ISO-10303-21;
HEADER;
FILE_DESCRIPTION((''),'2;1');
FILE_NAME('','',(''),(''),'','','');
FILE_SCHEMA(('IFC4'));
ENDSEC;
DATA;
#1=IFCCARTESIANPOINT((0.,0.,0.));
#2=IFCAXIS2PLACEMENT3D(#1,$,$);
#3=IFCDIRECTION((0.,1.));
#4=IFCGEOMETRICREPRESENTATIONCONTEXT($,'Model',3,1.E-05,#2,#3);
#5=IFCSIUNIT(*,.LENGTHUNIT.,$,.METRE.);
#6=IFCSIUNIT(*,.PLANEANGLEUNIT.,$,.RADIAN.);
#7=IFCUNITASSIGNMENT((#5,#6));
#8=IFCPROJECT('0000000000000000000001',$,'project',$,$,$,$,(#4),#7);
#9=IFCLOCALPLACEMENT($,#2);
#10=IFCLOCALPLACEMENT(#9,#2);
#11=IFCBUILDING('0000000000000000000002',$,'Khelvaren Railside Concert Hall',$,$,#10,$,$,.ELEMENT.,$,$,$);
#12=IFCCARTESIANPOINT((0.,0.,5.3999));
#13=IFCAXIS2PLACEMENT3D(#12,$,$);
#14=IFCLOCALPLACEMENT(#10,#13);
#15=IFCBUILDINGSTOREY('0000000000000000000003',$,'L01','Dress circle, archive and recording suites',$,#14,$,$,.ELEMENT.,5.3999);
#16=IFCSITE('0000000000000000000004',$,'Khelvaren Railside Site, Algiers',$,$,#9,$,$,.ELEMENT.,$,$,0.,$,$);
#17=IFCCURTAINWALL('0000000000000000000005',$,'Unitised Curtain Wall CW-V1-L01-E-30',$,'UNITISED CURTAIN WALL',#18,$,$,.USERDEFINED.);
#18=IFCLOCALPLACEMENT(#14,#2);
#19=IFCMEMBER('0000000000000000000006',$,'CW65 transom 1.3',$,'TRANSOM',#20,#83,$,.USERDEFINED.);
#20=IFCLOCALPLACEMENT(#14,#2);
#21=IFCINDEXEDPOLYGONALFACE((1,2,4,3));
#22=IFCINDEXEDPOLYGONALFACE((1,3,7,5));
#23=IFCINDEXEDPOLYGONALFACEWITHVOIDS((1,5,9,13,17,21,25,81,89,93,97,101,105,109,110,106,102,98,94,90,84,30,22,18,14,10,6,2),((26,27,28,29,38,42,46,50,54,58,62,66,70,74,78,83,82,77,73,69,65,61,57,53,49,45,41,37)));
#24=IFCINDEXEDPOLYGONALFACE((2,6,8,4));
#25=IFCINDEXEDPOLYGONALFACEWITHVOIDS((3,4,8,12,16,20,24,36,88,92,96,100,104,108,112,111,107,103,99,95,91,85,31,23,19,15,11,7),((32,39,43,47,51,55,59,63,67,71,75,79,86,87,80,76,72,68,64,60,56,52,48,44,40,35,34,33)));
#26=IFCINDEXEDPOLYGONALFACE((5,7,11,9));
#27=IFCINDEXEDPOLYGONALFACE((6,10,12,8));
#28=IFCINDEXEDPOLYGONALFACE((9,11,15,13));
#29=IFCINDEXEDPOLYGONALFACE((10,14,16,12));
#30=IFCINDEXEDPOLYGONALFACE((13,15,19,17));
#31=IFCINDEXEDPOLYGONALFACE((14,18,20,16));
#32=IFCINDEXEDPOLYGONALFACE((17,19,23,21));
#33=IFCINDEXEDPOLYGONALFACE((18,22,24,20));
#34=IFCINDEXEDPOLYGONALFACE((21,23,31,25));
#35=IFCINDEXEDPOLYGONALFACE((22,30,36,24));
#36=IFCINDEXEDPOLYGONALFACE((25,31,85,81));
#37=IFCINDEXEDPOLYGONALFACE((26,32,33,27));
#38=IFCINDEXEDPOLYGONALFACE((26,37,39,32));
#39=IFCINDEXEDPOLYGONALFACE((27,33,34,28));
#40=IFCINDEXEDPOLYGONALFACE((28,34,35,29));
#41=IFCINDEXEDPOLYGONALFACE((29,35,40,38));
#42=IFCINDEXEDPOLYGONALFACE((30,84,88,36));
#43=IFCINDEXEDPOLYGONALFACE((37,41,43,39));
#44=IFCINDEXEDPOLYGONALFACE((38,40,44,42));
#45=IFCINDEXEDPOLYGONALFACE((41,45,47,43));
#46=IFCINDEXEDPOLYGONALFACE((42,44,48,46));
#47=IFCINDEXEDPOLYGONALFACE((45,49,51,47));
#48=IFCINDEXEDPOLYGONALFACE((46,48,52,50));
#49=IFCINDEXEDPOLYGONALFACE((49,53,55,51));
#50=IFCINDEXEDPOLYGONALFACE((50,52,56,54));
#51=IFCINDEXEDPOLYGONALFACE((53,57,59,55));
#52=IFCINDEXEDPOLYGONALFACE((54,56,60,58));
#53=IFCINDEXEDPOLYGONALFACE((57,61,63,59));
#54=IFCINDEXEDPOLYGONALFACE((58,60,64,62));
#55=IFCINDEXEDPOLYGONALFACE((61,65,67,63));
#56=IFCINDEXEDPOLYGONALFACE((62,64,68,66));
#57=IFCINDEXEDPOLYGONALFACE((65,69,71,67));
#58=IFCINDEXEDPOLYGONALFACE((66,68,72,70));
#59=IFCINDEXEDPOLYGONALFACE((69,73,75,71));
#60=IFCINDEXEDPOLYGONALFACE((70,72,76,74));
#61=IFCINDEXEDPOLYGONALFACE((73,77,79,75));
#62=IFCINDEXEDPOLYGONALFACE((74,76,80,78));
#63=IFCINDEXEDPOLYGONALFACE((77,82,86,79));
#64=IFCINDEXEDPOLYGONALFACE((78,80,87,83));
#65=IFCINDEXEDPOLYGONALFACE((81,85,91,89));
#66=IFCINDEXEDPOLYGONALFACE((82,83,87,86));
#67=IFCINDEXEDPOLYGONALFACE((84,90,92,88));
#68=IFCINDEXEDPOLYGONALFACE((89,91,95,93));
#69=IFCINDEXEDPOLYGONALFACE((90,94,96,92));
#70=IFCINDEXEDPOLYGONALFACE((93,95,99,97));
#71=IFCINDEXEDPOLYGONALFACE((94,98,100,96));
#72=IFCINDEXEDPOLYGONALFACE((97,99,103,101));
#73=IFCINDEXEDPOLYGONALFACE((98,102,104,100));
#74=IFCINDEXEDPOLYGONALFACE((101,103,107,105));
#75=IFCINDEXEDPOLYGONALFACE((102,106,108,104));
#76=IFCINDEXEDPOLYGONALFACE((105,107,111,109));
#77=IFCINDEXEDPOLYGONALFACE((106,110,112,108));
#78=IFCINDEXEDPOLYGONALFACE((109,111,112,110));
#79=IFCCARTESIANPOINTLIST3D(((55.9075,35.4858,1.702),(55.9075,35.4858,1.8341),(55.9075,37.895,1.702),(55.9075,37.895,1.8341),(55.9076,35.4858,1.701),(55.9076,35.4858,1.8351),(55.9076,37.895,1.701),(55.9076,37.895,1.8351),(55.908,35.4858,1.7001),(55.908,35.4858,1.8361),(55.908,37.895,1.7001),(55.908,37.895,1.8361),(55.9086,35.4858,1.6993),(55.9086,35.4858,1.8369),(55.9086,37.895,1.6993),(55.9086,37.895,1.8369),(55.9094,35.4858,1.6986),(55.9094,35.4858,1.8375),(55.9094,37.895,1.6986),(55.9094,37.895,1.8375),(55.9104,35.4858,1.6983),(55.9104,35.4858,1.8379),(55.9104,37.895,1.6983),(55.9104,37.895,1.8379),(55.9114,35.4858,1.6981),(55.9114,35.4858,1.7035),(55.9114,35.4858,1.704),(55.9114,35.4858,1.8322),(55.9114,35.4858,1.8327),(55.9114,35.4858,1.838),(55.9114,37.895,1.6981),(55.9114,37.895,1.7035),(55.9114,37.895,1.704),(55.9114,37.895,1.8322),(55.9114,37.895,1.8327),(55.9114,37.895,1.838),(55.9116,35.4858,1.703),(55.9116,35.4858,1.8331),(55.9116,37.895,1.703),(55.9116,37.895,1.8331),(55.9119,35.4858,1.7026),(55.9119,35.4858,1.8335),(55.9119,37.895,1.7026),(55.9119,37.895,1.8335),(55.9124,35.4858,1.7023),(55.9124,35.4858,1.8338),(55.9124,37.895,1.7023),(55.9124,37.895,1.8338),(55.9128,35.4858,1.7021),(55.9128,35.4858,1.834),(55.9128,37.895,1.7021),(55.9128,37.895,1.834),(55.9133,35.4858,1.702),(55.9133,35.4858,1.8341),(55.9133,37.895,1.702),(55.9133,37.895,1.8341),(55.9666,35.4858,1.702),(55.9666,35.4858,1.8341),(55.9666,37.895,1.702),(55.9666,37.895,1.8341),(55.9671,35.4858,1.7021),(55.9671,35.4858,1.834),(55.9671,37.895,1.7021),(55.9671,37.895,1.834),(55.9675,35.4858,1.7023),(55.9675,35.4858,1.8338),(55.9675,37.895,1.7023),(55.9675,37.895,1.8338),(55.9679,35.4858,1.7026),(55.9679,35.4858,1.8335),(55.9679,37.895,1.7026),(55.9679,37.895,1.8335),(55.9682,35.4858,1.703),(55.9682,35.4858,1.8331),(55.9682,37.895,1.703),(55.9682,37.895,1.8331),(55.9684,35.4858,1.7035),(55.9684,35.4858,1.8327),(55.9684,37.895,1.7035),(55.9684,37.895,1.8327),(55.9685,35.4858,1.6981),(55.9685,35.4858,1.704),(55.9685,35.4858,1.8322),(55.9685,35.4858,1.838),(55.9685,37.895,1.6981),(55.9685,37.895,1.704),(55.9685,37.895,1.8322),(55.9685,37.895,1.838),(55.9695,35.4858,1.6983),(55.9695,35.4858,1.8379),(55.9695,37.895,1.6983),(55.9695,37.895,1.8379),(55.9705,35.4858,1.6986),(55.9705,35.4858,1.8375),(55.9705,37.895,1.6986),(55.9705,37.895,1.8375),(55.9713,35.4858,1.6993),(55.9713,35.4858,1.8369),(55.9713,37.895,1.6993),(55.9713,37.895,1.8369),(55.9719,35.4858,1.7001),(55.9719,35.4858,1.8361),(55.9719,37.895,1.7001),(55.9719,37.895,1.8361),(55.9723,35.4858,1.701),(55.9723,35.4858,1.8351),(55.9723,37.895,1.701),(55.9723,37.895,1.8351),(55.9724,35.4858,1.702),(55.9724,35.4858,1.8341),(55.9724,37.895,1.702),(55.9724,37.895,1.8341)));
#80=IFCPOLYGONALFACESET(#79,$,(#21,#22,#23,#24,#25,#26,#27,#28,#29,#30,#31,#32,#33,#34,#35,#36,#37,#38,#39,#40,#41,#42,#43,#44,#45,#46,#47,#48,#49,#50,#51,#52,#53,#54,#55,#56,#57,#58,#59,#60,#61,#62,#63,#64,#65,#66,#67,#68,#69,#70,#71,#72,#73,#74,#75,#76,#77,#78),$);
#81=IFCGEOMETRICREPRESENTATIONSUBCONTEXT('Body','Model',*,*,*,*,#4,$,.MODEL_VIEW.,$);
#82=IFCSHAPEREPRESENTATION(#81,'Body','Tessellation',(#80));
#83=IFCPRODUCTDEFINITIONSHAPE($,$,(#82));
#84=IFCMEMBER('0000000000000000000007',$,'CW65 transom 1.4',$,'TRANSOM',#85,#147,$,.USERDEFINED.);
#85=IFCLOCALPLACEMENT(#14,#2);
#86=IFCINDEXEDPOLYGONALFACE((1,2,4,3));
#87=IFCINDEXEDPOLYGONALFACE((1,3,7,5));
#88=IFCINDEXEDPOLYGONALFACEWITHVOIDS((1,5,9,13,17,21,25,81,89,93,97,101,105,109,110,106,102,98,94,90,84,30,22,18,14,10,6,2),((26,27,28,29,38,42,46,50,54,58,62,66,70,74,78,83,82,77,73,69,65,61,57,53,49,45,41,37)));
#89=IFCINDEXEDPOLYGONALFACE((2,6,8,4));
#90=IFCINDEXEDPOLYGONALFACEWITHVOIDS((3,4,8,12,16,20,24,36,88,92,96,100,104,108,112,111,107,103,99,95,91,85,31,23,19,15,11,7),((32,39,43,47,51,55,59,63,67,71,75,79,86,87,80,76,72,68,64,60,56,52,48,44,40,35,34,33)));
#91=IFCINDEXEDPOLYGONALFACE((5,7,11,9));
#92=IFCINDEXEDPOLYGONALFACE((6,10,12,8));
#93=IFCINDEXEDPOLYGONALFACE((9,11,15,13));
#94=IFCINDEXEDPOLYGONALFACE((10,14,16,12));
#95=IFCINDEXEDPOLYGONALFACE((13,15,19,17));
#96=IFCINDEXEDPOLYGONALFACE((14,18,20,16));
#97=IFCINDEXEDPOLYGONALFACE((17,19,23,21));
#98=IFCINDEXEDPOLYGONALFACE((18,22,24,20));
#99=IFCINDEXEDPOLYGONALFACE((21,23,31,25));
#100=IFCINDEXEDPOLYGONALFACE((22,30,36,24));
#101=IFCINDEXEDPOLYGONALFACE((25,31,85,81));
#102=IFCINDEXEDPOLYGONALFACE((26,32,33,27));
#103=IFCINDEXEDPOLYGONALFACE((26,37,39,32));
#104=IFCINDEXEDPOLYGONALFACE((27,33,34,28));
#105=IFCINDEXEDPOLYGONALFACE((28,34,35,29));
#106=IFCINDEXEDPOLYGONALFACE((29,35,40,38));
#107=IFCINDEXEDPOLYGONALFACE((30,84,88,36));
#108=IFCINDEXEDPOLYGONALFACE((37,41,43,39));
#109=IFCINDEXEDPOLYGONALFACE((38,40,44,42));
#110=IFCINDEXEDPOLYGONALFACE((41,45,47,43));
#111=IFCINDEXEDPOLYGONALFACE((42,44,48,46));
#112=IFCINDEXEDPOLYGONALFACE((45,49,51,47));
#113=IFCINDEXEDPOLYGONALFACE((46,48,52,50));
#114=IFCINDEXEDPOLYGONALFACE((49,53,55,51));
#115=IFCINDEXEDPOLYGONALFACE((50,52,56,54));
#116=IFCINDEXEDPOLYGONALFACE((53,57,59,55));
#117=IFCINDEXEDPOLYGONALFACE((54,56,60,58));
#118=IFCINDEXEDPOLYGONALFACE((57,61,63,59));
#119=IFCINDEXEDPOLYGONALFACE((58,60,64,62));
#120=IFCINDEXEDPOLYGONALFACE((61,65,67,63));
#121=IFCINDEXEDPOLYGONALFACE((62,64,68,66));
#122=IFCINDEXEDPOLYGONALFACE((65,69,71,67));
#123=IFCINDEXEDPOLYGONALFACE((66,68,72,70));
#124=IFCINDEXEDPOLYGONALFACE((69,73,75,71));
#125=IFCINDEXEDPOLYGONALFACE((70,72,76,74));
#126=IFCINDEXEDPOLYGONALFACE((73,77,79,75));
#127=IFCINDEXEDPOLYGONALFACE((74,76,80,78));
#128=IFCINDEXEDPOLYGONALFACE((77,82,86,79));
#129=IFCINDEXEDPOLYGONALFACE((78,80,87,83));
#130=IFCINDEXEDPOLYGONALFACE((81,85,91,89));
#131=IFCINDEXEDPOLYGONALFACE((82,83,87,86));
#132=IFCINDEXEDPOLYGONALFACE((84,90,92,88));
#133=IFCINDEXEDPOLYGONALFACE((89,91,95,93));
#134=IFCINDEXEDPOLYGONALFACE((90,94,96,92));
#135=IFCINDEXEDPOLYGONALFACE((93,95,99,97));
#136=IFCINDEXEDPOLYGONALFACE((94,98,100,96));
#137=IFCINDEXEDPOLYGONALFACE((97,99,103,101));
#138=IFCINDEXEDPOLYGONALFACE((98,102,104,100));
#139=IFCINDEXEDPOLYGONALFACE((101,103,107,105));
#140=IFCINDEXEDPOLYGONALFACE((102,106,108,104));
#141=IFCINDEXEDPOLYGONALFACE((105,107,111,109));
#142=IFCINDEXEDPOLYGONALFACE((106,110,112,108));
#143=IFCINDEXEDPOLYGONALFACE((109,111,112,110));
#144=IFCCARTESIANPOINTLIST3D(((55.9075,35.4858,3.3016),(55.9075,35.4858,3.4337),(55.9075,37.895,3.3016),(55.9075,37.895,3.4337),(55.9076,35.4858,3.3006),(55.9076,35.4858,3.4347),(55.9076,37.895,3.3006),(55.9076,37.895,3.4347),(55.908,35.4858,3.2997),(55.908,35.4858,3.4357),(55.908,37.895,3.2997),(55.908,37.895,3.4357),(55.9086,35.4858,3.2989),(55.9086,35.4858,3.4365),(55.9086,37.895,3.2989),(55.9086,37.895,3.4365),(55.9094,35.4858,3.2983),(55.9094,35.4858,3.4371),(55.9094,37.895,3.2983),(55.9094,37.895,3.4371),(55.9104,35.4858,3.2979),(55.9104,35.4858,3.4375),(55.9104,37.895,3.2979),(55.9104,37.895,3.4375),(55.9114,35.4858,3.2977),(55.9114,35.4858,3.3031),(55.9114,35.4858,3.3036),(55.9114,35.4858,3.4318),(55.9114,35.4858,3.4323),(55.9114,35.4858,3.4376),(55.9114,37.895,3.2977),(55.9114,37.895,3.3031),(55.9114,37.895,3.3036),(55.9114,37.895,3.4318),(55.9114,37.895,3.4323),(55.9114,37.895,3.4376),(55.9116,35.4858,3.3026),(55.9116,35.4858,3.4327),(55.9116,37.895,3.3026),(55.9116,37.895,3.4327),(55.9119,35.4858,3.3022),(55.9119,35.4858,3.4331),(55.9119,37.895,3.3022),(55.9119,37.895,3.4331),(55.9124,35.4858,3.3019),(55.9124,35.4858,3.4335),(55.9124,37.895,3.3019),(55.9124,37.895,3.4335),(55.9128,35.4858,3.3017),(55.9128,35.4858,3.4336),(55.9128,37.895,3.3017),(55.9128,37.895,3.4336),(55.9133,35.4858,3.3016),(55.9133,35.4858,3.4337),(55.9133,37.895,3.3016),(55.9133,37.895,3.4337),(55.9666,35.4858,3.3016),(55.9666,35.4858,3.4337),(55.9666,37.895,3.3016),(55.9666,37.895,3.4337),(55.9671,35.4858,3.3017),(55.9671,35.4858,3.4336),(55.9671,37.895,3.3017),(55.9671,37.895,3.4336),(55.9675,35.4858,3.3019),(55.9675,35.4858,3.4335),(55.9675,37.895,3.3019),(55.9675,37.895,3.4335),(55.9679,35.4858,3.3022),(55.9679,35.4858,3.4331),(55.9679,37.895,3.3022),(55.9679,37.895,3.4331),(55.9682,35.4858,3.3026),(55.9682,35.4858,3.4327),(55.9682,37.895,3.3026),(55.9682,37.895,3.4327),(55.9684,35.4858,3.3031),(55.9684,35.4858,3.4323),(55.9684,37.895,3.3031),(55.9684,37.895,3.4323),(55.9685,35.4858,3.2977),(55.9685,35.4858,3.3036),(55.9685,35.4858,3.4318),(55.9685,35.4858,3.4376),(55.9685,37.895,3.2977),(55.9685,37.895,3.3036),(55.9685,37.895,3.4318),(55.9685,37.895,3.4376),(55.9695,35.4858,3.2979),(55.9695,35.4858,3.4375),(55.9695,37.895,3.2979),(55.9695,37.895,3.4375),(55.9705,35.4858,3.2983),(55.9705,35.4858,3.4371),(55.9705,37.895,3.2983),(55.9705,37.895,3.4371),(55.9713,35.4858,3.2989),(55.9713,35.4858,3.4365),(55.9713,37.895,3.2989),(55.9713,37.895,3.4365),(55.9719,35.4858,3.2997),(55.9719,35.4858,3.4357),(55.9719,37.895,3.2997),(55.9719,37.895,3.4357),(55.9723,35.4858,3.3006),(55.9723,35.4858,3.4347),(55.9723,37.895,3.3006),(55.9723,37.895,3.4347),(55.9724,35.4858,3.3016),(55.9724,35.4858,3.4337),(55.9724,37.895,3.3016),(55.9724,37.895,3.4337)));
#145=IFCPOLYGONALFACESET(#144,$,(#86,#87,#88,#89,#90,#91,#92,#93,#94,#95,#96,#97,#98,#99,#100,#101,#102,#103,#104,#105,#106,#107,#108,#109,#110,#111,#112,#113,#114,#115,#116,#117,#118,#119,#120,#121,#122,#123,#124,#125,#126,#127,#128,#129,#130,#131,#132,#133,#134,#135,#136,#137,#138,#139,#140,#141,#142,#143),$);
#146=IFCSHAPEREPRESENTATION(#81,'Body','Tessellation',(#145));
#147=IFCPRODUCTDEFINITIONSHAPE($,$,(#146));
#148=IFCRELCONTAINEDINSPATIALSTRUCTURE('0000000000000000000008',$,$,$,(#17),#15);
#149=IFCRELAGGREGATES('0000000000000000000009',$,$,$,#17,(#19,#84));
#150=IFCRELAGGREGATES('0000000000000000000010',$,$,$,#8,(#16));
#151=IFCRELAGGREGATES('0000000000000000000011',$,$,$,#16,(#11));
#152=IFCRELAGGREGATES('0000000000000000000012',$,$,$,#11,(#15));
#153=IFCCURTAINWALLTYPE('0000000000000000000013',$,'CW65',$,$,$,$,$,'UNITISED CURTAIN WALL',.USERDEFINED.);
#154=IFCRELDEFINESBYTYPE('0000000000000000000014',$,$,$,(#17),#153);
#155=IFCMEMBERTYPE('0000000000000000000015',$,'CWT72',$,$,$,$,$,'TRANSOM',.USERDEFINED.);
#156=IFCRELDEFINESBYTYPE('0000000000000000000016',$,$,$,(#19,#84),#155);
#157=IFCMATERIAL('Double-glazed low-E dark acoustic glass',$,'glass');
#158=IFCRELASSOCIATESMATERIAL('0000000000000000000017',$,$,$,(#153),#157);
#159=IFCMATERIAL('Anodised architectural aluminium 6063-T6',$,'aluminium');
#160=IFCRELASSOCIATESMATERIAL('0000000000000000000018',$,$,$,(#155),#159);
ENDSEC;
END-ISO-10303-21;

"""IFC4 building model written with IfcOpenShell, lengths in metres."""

from ifc_helpers import new_model, si_unit, direction, frame, origin, origin_2d, place, context, subcontext, project, spatial, hollow_rectangle, extrude, material, material_profile, profile_set, type_object, element, aggregate, save


model = new_model("IFC4")

# Units and contexts
model_context = context("Model", 3, precision=1e-05, world=origin(), true_north=direction((0.0, 1.0)))
body_context = subcontext(model_context, "Body", "Model", "MODEL_VIEW")
ifc_project = project(units=[si_unit("LENGTHUNIT", "METRE"), si_unit("PLANEANGLEUNIT", "RADIAN")], contexts=[model_context])

# Site, building, storey
site_placement = place(None, origin())
site = spatial("IfcSite", under=ifc_project, at=site_placement, Name="Khelvaren Railside Site, Algiers", CompositionType="ELEMENT", RefElevation=0.0)
building_placement = place(site_placement, origin())
building = spatial("IfcBuilding", under=site, at=building_placement, Name="Khelvaren Railside Concert Hall", CompositionType="ELEMENT")
storey_placement = place(building_placement, frame((0.0, 0.0, 5.3999)))
storey = spatial("IfcBuildingStorey", under=building, at=storey_placement, Name="L01", Description="Dress circle, archive and recording suites", CompositionType="ELEMENT", Elevation=5.3999)

# Curtain wall
ifc_material_1 = material(Name="Double-glazed low-E dark acoustic glass", Category="glass")
curtain_wall_type_1 = type_object("IfcCurtainWallType", Name="CW65", ElementType="UNITISED CURTAIN WALL", PredefinedType="USERDEFINED", material=ifc_material_1)
curtain_wall_1_placement = place(storey_placement, origin())
curtain_wall_1 = element("IfcCurtainWall", 1, at=curtain_wall_1_placement, inside=storey, type_object=curtain_wall_type_1, Name="Unitised Curtain Wall CW-V1-L01-E-30", ObjectType="UNITISED CURTAIN WALL", PredefinedType="USERDEFINED")
ifc_material_2 = material(Name="Anodised architectural aluminium 6063-T6", Category="aluminium")

# Members
ifc_material_profile_1 = material_profile(ifc_material_2, hollow_rectangle(XDim=0.0649, YDim=0.1399, WallThickness=0.0039, InnerFilletRadius=0.002, OuterFilletRadius=0.0039, at=origin_2d()), Name="CWT 65x140x4")
ifc_profile_set_1 = profile_set([ifc_material_profile_1], Name="Anodised architectural aluminium 6063-T6")
member_type_1 = type_object("IfcMemberType", Name="CWT72", ElementType="TRANSOM", PredefinedType="USERDEFINED", material=ifc_profile_set_1)
member_1_placement = place(storey_placement, frame((55.9399, 37.895, 1.7681), z_axis=(0.0, -1.0, 0.0), x_axis=(1.0, 0.0, 0.0)))
member_1 = element("IfcMember", 2, at=member_1_placement, type_object=member_type_1, Name="CW65 transom 1.3", ObjectType="TRANSOM", PredefinedType="USERDEFINED", context=body_context, shape_type="SweptSolid", body=[
    extrude(hollow_rectangle(XDim=0.0649, YDim=0.1399, WallThickness=0.0039, InnerFilletRadius=0.002, OuterFilletRadius=0.0039, at=origin_2d()), origin(), (0.0, 0.0, 1.0), 2.4092),
])
member_2_placement = place(storey_placement, frame((55.9399, 37.895, 3.3677), z_axis=(0.0, -1.0, 0.0), x_axis=(1.0, 0.0, 0.0)))
member_2 = element("IfcMember", 3, at=member_2_placement, type_object=member_type_1, Name="CW65 transom 1.4", ObjectType="TRANSOM", PredefinedType="USERDEFINED", context=body_context, shape_type="SweptSolid", body=[
    extrude(hollow_rectangle(XDim=0.0649, YDim=0.1399, WallThickness=0.0039, InnerFilletRadius=0.002, OuterFilletRadius=0.0039, at=origin_2d()), origin(), (0.0, 0.0, 1.0), 2.4092),
])

aggregate(curtain_wall_1, [member_1, member_2])

save(model, "model.ifc")
